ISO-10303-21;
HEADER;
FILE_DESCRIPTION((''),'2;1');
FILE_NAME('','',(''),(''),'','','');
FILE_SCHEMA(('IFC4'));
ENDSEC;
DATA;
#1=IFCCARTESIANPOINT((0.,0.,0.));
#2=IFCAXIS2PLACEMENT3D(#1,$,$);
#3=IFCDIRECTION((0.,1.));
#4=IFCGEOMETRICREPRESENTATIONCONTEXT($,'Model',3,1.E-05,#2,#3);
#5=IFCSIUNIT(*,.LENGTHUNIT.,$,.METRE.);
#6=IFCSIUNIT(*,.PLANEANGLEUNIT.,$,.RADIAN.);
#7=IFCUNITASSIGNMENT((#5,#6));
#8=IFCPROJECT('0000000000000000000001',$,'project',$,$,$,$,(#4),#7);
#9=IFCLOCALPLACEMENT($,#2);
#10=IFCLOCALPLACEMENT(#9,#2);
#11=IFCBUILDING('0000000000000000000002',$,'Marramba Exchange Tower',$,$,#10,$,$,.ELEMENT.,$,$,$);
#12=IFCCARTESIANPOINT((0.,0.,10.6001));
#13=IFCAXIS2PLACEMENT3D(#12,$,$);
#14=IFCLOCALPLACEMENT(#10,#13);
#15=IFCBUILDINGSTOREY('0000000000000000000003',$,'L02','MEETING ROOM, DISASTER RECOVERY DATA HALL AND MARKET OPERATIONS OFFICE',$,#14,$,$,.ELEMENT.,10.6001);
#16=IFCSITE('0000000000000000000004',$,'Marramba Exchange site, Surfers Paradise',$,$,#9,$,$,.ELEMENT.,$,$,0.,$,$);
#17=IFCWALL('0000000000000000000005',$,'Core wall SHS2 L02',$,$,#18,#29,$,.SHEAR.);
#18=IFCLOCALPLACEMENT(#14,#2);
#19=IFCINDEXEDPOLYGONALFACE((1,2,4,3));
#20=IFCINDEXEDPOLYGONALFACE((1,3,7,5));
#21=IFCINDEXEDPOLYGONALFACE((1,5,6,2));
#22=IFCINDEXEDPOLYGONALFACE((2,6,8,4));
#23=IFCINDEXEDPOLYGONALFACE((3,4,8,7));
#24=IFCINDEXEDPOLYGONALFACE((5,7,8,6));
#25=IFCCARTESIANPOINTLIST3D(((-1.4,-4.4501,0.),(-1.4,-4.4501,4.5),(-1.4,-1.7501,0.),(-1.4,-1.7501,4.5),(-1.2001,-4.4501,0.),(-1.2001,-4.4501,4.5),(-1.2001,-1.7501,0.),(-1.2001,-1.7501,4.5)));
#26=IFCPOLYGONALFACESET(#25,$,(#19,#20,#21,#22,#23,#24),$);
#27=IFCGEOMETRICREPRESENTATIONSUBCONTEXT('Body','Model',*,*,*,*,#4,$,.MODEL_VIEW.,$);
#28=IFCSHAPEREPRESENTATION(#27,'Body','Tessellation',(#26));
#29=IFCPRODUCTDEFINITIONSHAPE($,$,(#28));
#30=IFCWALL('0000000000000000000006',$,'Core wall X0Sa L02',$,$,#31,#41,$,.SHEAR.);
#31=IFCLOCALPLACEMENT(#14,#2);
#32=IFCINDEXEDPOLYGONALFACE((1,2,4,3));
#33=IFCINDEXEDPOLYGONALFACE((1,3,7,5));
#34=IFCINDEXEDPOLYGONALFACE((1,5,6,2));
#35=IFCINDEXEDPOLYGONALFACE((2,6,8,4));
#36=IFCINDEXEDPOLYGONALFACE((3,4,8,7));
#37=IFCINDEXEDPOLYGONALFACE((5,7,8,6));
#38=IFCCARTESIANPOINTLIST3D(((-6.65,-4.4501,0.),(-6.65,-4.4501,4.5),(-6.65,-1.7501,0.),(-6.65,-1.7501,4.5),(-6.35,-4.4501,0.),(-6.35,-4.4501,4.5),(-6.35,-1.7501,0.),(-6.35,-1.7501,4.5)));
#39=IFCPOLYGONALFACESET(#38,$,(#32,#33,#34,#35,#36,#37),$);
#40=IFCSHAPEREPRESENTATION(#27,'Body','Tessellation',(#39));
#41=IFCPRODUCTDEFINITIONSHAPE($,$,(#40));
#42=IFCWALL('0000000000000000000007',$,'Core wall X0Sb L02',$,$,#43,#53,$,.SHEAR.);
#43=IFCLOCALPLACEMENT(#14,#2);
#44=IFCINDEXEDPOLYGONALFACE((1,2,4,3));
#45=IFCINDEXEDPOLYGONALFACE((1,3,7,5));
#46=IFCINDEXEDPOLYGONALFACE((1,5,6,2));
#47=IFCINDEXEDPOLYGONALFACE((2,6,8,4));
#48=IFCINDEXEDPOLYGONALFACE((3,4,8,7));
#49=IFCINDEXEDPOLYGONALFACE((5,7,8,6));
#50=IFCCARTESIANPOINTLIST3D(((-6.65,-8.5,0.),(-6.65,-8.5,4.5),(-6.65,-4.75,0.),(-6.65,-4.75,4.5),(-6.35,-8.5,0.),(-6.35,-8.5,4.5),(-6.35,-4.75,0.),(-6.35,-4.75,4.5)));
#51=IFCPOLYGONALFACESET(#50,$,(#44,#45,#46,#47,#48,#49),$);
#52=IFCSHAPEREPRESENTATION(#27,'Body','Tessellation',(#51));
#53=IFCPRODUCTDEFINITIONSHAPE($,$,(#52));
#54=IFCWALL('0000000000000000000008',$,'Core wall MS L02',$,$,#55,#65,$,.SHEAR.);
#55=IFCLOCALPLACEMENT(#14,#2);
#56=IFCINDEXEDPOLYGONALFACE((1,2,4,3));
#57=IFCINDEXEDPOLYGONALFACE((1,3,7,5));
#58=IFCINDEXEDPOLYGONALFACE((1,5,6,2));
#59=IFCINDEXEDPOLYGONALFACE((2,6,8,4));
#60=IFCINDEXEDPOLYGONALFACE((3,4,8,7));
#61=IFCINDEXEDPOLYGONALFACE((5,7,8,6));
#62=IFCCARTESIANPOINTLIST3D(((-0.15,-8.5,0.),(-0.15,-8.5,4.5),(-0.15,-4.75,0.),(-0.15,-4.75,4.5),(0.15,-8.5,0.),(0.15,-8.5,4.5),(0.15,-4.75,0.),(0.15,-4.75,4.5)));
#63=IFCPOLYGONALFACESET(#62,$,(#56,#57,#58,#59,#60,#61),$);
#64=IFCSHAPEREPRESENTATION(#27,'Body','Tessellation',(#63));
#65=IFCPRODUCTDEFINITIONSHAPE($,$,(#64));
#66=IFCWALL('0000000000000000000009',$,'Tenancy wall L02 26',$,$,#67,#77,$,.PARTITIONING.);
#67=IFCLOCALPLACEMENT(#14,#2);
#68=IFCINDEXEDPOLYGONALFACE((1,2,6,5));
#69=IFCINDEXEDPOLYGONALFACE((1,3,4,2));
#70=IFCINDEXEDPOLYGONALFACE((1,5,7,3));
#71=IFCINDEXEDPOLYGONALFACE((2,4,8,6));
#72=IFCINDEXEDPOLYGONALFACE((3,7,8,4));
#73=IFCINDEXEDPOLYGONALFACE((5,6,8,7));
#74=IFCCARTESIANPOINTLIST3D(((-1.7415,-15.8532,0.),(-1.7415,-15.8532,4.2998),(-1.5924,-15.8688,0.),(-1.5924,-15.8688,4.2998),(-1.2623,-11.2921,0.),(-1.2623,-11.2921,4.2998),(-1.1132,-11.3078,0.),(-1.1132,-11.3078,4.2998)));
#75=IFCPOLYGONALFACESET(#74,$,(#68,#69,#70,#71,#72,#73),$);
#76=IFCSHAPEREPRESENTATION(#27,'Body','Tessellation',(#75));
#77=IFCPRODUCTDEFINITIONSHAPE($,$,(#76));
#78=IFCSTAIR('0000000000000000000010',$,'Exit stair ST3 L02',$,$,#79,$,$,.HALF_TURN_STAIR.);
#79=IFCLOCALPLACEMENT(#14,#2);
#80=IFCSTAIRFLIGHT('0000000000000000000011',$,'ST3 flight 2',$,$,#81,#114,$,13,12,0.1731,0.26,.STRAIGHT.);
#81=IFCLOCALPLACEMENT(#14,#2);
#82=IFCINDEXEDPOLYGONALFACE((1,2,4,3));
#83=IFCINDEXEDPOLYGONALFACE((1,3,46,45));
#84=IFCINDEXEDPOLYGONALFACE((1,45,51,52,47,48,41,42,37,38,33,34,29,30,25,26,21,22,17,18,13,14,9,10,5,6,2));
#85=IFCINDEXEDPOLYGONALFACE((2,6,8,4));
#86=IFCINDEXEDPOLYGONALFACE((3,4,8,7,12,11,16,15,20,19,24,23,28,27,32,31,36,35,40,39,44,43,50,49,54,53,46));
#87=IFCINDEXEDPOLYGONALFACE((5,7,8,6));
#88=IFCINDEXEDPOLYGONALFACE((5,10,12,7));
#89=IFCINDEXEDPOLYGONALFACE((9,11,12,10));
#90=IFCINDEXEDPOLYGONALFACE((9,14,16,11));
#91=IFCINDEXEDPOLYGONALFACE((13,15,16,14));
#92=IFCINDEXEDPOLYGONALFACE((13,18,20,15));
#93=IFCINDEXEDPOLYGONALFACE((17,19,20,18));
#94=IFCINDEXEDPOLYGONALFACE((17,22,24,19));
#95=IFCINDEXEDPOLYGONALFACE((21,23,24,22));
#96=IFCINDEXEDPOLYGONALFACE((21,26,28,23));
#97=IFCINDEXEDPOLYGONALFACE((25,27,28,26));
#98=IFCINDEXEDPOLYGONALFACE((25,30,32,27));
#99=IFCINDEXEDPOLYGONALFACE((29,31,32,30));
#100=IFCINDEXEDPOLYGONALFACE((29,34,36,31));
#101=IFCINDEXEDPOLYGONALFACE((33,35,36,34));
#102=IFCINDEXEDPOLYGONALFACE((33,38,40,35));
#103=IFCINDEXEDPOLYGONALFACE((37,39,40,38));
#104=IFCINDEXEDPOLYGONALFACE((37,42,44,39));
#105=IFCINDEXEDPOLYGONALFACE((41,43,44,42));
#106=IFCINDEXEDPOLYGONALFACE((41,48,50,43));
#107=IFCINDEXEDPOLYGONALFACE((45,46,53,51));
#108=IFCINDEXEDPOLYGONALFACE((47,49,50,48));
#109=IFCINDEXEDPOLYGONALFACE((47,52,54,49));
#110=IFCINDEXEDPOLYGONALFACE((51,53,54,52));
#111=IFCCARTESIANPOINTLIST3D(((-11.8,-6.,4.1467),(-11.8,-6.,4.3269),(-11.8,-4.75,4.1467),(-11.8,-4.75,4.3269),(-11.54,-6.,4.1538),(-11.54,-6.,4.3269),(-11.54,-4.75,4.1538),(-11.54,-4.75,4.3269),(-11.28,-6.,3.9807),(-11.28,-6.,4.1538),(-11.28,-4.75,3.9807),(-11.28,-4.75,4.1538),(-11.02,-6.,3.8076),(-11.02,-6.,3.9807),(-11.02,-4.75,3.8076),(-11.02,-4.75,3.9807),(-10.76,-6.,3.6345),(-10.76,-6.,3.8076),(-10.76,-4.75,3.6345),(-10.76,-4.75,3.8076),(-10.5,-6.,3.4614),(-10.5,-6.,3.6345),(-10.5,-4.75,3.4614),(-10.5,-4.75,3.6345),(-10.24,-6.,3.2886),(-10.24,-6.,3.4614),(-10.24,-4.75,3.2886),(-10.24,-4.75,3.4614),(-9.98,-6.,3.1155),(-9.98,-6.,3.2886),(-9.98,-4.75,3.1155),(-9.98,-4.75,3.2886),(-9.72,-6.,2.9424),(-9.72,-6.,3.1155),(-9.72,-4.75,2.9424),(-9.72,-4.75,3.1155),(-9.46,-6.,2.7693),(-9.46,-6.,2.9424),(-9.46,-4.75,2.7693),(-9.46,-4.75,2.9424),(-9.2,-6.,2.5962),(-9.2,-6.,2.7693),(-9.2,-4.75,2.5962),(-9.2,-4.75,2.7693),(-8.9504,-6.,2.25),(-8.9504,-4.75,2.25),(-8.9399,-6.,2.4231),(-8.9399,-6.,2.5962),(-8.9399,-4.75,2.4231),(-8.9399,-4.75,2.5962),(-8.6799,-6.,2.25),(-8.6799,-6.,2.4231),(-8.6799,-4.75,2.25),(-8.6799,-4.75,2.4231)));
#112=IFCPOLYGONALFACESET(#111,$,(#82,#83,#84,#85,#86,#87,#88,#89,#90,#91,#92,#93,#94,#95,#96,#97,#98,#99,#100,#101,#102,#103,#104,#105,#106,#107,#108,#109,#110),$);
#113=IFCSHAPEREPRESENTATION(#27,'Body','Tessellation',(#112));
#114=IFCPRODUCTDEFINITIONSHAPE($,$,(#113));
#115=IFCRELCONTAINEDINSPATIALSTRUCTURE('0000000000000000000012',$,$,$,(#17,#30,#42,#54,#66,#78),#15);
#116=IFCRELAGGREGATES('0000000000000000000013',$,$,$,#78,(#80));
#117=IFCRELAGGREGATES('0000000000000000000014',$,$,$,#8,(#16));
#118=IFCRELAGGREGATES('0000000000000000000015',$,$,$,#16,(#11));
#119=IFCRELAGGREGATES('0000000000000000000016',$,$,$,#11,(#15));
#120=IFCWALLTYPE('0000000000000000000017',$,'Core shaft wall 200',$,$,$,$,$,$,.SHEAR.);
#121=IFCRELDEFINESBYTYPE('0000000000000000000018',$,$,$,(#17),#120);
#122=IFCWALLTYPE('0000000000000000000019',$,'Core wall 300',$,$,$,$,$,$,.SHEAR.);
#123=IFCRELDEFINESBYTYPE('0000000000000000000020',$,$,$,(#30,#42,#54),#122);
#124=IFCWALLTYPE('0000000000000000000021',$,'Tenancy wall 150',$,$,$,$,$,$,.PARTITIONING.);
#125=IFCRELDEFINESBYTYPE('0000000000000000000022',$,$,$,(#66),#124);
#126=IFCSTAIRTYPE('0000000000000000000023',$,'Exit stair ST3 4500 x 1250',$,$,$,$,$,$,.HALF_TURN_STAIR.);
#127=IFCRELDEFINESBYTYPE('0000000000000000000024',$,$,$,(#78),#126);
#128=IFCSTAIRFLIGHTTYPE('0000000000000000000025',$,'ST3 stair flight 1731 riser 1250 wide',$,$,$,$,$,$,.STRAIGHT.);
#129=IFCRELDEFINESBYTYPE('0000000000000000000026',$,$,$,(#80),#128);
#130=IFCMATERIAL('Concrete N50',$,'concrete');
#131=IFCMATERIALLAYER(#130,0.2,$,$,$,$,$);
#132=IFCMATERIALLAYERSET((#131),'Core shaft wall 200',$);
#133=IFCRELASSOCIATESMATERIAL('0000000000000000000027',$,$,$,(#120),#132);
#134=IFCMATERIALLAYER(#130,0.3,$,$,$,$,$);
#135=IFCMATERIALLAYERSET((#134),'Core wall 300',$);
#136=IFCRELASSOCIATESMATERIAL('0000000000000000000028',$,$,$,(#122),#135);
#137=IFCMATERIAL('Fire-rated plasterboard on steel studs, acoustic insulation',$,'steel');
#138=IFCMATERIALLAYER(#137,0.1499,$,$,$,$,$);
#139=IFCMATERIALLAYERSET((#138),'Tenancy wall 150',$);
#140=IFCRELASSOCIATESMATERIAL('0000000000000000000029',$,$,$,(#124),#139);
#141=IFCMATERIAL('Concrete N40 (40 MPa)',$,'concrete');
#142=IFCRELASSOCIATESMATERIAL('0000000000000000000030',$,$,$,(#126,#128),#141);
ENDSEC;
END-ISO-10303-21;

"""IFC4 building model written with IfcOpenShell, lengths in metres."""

from ifc_helpers import new_model, si_unit, direction, frame, frame_2d, origin, place, context, subcontext, project, spatial, polyline, rectangle, outline, extrude, material, layer, layer_set, type_object, element, aggregate, save


model = new_model("IFC4")

# Units and contexts
model_context = context("Model", 3, precision=1e-05, world=origin(), true_north=direction((0.0, 1.0)))
body_context = subcontext(model_context, "Body", "Model", "MODEL_VIEW")
ifc_project = project(units=[si_unit("LENGTHUNIT", "METRE"), si_unit("PLANEANGLEUNIT", "RADIAN")], contexts=[model_context])

# Site, building, storey
site_placement = place(None, origin())
site = spatial("IfcSite", under=ifc_project, at=site_placement, Name="Marramba Exchange site, Surfers Paradise", CompositionType="ELEMENT", RefElevation=0.0)
building_placement = place(site_placement, origin())
building = spatial("IfcBuilding", under=site, at=building_placement, Name="Marramba Exchange Tower", CompositionType="ELEMENT")
storey_placement = place(building_placement, frame((0.0, 0.0, 10.6001)))
storey = spatial("IfcBuildingStorey", under=building, at=storey_placement, Name="L02", Description="MEETING ROOM, DISASTER RECOVERY DATA HALL AND MARKET OPERATIONS OFFICE", CompositionType="ELEMENT", Elevation=10.6001)

# Walls
ifc_material_1 = material(Name="Concrete N50", Category="concrete")
ifc_layer_1 = layer(ifc_material_1, 0.2)
ifc_layer_set_1 = layer_set([ifc_layer_1], Name="Core shaft wall 200")
wall_type_1 = type_object("IfcWallType", Name="Core shaft wall 200", PredefinedType="SHEAR", material=ifc_layer_set_1)
for number, where, z_axis, x_axis, name in (
    (1, (-1.3, -1.75, 0.0), (0.0, 0.0, 1.0), (0.0, -1.0, 0.0), "Core wall SHS2 L02"),
):
    element("IfcWall", number, at=place(storey_placement, frame(where, z_axis=z_axis, x_axis=x_axis)), inside=storey, type_object=wall_type_1, Name=name, PredefinedType="SHEAR", context=body_context, shape_type="SweptSolid", body=[
        extrude(rectangle(XDim=2.7, YDim=0.2, at=frame_2d((1.3501, 0.0))), origin(), (0.0, 0.0, 1.0), 4.5),
    ])
ifc_layer_2 = layer(ifc_material_1, 0.3)
ifc_layer_set_2 = layer_set([ifc_layer_2], Name="Core wall 300")
wall_type_2 = type_object("IfcWallType", Name="Core wall 300", PredefinedType="SHEAR", material=ifc_layer_set_2)
wall_1_placement = place(storey_placement, frame((-6.5, -1.75, 0.0), z_axis=(0.0, 0.0, 1.0), x_axis=(0.0, -1.0, 0.0)))
element("IfcWall", 2, at=wall_1_placement, inside=storey, type_object=wall_type_2, Name="Core wall X0Sa L02", PredefinedType="SHEAR", context=body_context, shape_type="SweptSolid", body=[
    extrude(rectangle(XDim=2.7, YDim=0.3, at=frame_2d((1.3501, 0.0))), origin(), (0.0, 0.0, 1.0), 4.5),
])
for number, where, z_axis, x_axis, name in (
    (3, (-6.5, -4.75, 0.0), (0.0, 0.0, 1.0), (0.0, -1.0, 0.0), "Core wall X0Sb L02"),
    (4, (0.0, -4.75, 0.0), (0.0, 0.0, 1.0), (0.0, -1.0, 0.0), "Core wall MS L02"),
):
    element("IfcWall", number, at=place(storey_placement, frame(where, z_axis=z_axis, x_axis=x_axis)), inside=storey, type_object=wall_type_2, Name=name, PredefinedType="SHEAR", context=body_context, shape_type="SweptSolid", body=[
        extrude(rectangle(XDim=3.75, YDim=0.3, at=frame_2d((1.875, 0.0))), origin(), (0.0, 0.0, 1.0), 4.5),
    ])
ifc_material_2 = material(Name="Fire-rated plasterboard on steel studs, acoustic insulation", Category="steel")
ifc_layer_3 = layer(ifc_material_2, 0.1499)
ifc_layer_set_3 = layer_set([ifc_layer_3], Name="Tenancy wall 150")
wall_type_3 = type_object("IfcWallType", Name="Tenancy wall 150", PredefinedType="PARTITIONING", material=ifc_layer_set_3)
wall_2_placement = place(storey_placement, frame((-1.1877, -11.3, 0.0), z_axis=(0.0, 0.0, 1.0), x_axis=(-0.104499, -0.994525, 0.0)))
element("IfcWall", 5, at=wall_2_placement, inside=storey, type_object=wall_type_3, Name="Tenancy wall L02 26", PredefinedType="PARTITIONING", context=body_context, shape_type="SweptSolid", body=[
    extrude(rectangle(XDim=4.5862, YDim=0.1499, at=frame_2d((2.293, 0.0))), origin(), (0.0, 0.0, 1.0), 4.2998),
])

# Stair, stair flight
ifc_material_3 = material(Name="Concrete N40 (40 MPa)", Category="concrete")
stair_type = type_object("IfcStairType", Name="Exit stair ST3 4500 x 1250", PredefinedType="HALF_TURN_STAIR", material=ifc_material_3)
stair_placement = place(storey_placement, origin())
stair = element("IfcStair", 6, at=stair_placement, inside=storey, type_object=stair_type, Name="Exit stair ST3 L02", PredefinedType="HALF_TURN_STAIR")
stair_flight_type = type_object("IfcStairFlightType", Name="ST3 stair flight 1731 riser 1250 wide", PredefinedType="STRAIGHT", material=ifc_material_3)
stair_flight_placement = place(storey_placement, frame((-8.6799, -5.375, 2.25), z_axis=(0.0, 0.0, 1.0), x_axis=(-1.0, 0.0, 0.0)))
stair_flight = element("IfcStairFlight", 7, at=stair_flight_placement, type_object=stair_flight_type, Name="ST3 flight 2", NumberOfRisers=13, NumberOfTreads=12, PredefinedType="STRAIGHT", RiserHeight=0.1731, TreadLength=0.26, context=body_context, shape_type="SweptSolid", body=[
    extrude(outline(polyline([(0.0, 0.0), (0.0, 0.1731), (0.26, 0.1731), (0.26, 0.3462), (0.52, 0.3462), (0.52, 0.5193), (0.78, 0.5193), (0.78, 0.6924), (1.04, 0.6924), (1.04, 0.8655), (1.3, 0.8655), (1.3, 1.0386), (1.5601, 1.0386), (1.5601, 1.2114), (1.8201, 1.2114), (1.8201, 1.3845), (2.0801, 1.3845), (2.0801, 1.5576), (2.3401, 1.5576), (2.3401, 1.7307), (2.6001, 1.7307), (2.6001, 1.9038), (2.8601, 1.9038), (2.8601, 2.0769), (3.1201, 2.0769), (3.1201, 2.25), (3.1201, 1.8967), (0.2705, 0.0), (0.0, 0.0)])), frame((0.0, 0.625, 0.0), z_axis=(0.0, -1.0, 0.0), x_axis=(1.0, 0.0, 0.0)), (0.0, 0.0, 1.0), 1.25),
])
aggregate(stair, [stair_flight])

save(model, "model.ifc")
